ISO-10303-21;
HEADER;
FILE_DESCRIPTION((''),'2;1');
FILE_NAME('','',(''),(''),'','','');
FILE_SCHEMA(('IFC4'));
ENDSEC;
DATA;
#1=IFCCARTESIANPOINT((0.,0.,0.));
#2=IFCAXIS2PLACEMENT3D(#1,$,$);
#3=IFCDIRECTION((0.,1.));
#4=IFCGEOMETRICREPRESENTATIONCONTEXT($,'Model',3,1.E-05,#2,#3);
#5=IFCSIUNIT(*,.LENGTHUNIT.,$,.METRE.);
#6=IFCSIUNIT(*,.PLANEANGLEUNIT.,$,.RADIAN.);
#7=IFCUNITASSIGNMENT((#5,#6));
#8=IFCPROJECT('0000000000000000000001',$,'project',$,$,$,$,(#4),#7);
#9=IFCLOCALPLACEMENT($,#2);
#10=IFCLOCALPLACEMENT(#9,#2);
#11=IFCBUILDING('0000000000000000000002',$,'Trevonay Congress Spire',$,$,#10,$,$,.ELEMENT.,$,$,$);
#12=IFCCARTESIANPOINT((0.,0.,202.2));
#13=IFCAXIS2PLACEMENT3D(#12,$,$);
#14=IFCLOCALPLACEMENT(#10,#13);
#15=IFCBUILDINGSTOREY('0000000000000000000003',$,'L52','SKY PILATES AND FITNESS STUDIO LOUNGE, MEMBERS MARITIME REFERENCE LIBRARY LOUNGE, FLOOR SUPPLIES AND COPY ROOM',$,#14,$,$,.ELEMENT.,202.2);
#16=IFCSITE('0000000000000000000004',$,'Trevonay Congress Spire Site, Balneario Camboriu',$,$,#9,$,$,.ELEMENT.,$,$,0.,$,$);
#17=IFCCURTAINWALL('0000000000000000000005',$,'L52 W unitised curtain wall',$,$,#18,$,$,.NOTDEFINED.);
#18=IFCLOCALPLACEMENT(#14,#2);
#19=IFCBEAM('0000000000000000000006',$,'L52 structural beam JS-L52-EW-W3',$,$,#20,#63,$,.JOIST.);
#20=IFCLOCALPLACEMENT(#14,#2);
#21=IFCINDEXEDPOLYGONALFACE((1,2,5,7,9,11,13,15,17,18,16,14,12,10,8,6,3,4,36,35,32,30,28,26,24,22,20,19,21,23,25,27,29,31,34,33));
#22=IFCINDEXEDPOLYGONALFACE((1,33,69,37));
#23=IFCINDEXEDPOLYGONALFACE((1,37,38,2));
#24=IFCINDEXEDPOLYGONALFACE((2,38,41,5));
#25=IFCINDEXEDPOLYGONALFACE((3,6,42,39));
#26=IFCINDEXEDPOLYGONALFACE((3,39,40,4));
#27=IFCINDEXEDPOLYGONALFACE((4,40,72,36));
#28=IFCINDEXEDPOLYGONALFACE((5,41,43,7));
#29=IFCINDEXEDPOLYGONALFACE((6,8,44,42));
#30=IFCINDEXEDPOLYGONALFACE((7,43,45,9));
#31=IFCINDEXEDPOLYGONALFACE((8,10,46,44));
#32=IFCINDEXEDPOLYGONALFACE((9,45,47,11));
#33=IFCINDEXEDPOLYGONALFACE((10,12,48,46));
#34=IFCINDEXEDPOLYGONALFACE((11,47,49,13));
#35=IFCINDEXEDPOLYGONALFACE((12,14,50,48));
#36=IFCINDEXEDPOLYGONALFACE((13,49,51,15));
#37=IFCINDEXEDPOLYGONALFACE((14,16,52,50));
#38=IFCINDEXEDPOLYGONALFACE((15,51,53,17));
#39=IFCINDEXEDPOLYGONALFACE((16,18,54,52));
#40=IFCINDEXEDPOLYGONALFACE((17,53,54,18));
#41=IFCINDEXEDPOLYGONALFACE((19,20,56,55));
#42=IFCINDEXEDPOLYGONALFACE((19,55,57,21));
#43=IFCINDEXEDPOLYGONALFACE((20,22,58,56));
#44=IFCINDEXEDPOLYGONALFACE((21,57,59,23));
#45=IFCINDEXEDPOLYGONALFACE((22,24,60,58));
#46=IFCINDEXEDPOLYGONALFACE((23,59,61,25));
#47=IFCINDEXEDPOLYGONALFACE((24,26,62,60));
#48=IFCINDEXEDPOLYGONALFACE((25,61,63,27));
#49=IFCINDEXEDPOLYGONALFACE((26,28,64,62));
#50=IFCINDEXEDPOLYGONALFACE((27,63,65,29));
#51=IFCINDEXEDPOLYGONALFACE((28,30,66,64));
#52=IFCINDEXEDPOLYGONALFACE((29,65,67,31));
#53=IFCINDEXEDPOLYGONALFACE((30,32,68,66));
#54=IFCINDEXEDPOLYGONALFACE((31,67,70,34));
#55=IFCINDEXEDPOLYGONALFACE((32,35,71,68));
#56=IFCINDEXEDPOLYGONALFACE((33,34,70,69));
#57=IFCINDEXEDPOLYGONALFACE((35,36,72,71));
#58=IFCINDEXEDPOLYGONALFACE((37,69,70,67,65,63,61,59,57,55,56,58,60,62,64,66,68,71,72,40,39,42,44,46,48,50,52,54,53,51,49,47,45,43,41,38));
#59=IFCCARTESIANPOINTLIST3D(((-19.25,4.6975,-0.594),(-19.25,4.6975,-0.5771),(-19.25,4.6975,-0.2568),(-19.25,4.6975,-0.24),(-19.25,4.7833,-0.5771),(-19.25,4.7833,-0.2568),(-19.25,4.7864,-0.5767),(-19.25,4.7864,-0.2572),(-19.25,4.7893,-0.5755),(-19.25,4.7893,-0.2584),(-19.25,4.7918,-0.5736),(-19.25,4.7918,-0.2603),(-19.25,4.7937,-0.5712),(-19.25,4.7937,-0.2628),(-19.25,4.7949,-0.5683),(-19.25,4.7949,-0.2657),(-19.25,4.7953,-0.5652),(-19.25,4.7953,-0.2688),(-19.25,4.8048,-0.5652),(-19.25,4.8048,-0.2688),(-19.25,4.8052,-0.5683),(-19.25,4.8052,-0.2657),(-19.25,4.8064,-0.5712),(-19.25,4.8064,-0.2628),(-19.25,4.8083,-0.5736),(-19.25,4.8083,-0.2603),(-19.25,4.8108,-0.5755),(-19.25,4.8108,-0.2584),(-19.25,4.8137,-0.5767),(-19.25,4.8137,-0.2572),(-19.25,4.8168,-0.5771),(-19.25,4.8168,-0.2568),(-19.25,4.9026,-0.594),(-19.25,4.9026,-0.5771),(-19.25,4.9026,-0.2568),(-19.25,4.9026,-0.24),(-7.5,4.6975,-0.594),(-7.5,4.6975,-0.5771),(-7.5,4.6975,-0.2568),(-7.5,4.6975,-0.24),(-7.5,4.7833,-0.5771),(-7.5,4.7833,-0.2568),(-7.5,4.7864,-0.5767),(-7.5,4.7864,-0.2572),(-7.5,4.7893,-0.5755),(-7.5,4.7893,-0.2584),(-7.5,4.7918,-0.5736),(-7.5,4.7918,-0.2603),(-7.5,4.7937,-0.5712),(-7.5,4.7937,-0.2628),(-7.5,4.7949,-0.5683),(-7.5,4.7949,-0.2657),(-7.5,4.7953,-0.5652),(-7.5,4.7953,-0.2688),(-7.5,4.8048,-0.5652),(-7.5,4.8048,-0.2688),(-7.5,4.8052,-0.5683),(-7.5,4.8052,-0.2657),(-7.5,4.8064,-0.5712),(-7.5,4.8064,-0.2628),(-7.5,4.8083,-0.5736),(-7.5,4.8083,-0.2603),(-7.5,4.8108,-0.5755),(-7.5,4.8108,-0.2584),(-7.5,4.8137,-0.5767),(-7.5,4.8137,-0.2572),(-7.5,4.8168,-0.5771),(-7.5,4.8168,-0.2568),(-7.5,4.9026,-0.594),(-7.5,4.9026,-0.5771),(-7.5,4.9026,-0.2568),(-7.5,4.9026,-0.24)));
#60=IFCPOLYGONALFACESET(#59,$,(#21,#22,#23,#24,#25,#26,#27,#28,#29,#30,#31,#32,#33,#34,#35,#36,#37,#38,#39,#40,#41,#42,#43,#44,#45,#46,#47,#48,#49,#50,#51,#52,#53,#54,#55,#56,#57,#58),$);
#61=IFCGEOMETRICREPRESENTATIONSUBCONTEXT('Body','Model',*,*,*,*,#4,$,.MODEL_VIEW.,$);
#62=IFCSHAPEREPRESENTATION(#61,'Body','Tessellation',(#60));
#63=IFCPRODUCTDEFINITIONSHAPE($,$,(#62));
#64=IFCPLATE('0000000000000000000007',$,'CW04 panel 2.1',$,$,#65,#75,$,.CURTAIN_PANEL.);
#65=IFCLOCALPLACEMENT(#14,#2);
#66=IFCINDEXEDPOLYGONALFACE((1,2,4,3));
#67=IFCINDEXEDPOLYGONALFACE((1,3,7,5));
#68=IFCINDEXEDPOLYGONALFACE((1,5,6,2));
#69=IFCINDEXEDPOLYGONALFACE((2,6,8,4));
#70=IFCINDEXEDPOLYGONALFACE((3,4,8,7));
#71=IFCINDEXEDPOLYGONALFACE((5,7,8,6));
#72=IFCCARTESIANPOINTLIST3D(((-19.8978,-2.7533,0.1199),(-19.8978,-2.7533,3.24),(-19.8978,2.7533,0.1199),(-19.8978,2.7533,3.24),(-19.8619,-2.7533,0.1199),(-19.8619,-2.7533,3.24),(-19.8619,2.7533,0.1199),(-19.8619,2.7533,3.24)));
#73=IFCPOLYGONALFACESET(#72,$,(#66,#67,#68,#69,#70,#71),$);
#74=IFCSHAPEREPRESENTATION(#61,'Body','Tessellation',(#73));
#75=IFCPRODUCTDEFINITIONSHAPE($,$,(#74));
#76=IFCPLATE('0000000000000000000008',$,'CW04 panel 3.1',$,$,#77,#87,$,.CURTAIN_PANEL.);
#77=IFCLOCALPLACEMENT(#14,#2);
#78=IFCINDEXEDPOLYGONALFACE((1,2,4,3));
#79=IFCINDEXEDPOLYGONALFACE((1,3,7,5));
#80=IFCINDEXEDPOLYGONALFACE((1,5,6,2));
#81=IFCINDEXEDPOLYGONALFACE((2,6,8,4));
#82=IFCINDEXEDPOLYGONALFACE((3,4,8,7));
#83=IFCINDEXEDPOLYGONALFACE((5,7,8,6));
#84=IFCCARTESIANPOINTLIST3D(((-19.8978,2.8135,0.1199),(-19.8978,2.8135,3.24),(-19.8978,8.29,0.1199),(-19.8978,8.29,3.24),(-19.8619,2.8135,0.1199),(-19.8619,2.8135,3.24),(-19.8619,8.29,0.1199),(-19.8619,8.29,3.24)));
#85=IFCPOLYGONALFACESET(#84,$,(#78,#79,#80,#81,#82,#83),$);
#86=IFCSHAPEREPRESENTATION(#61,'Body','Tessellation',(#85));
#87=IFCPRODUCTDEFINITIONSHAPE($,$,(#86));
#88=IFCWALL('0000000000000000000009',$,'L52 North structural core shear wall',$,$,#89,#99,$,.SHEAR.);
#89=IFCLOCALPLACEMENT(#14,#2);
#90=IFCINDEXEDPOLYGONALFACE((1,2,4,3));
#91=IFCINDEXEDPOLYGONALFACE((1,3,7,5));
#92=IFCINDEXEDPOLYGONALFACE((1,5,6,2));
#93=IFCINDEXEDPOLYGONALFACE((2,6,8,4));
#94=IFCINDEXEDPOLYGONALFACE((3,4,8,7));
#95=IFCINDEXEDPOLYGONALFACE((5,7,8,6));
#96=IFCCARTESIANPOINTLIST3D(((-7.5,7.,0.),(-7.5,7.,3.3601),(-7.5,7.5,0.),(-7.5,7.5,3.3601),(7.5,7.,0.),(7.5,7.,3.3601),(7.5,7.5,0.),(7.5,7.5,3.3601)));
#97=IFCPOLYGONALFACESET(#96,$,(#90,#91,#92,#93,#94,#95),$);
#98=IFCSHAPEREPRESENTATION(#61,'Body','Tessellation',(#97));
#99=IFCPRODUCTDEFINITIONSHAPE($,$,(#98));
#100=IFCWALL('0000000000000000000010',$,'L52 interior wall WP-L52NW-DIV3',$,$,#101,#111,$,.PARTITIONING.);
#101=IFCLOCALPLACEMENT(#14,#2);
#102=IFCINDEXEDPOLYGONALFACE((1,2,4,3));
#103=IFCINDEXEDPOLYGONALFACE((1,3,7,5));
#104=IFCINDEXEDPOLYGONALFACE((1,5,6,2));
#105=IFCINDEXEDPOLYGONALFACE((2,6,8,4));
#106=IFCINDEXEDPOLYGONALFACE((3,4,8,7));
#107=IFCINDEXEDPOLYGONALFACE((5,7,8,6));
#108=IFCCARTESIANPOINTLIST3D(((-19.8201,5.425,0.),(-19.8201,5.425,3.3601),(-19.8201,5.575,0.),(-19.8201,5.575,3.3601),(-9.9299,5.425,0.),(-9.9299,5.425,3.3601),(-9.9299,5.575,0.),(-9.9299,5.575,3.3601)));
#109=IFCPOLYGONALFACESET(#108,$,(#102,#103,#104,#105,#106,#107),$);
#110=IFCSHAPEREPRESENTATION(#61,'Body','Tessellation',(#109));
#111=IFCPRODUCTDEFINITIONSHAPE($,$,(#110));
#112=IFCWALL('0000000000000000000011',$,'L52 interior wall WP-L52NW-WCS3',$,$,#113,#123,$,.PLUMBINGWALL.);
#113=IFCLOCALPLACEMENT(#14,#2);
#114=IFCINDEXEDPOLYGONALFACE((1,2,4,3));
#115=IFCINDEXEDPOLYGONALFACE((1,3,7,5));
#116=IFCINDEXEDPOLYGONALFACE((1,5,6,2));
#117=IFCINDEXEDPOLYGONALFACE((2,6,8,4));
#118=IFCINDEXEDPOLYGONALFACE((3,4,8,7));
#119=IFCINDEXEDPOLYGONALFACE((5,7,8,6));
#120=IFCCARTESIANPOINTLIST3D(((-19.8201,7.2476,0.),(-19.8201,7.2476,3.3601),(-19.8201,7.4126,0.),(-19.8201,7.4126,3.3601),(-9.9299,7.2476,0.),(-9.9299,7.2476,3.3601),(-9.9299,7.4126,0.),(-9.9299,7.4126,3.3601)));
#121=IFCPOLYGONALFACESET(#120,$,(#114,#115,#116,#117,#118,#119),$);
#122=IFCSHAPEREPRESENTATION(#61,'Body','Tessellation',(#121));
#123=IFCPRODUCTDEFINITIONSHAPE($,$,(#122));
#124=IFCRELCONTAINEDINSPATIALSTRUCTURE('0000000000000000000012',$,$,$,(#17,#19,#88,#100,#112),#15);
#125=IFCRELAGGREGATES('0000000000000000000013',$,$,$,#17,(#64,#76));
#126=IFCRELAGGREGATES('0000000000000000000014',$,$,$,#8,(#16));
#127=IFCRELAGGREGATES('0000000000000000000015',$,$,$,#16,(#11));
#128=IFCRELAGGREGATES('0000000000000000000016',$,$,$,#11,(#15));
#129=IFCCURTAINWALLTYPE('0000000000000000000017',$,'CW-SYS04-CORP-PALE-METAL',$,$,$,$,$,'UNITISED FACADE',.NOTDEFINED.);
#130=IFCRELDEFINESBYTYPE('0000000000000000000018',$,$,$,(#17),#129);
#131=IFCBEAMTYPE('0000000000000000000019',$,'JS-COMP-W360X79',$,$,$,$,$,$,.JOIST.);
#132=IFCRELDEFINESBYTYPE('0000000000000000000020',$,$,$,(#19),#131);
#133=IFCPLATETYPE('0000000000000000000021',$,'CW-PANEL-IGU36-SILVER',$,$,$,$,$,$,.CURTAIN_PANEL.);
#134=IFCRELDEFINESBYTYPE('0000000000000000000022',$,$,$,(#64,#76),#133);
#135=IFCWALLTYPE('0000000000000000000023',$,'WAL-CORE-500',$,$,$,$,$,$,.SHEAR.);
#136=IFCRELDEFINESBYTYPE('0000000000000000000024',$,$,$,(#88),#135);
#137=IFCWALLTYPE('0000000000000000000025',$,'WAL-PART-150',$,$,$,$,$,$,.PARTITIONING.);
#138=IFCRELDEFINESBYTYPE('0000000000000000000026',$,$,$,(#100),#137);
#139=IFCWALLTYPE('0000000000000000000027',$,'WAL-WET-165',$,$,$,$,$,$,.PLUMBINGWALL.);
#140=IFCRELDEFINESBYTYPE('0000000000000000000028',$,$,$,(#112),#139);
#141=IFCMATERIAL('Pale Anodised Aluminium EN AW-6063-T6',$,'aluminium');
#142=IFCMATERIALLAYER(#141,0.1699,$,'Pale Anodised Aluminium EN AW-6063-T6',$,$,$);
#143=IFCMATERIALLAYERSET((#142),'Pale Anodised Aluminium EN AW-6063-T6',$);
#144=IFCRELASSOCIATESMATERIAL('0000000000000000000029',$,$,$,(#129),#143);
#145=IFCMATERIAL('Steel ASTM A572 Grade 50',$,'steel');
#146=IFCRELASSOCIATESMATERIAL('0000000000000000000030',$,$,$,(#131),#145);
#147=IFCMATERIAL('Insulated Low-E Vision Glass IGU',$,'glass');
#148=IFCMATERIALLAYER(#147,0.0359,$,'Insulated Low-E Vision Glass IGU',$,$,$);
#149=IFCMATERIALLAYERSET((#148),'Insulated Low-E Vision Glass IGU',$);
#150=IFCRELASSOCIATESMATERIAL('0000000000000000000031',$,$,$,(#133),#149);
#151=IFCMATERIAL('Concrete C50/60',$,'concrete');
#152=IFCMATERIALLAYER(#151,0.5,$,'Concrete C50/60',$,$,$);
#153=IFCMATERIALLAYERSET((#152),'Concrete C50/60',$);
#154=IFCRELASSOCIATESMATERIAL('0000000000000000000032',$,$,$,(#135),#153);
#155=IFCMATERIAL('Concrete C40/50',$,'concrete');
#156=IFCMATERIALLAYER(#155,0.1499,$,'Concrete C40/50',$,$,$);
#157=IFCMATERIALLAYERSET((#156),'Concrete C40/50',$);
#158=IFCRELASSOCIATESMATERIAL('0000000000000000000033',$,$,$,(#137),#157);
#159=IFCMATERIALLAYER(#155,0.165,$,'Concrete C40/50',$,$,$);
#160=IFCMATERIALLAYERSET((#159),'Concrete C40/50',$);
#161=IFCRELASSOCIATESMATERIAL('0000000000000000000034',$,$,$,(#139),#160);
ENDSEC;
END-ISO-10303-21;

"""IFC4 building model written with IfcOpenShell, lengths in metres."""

from ifc_helpers import new_model, si_unit, direction, frame, frame_2d, origin, origin_2d, place, context, subcontext, project, spatial, rectangle, i_section, extrude, material, layer, layer_set, material_profile, profile_set, type_object, element, aggregate, save


model = new_model("IFC4")

# Units and contexts
model_context = context("Model", 3, precision=1e-05, world=origin(), true_north=direction((0.0, 1.0)))
body_context = subcontext(model_context, "Body", "Model", "MODEL_VIEW")
ifc_project = project(units=[si_unit("LENGTHUNIT", "METRE"), si_unit("PLANEANGLEUNIT", "RADIAN")], contexts=[model_context])

# Site, building, storey
site_placement = place(None, origin())
site = spatial("IfcSite", under=ifc_project, at=site_placement, Name="Trevonay Congress Spire Site, Balneario Camboriu", CompositionType="ELEMENT", RefElevation=0.0)
building_placement = place(site_placement, origin())
building = spatial("IfcBuilding", under=site, at=building_placement, Name="Trevonay Congress Spire", CompositionType="ELEMENT")
storey_placement = place(building_placement, frame((0.0, 0.0, 202.2)))
storey = spatial("IfcBuildingStorey", under=building, at=storey_placement, Name="L52", Description="SKY PILATES AND FITNESS STUDIO LOUNGE, MEMBERS MARITIME REFERENCE LIBRARY LOUNGE, FLOOR SUPPLIES AND COPY ROOM", CompositionType="ELEMENT", Elevation=202.2)

# Shared definitions
ifc_material_1 = material(Name="Steel ASTM A572 Grade 50", Category="steel")

# Curtain wall
ifc_material_2 = material(Name="Pale Anodised Aluminium EN AW-6063-T6", Category="aluminium")
ifc_layer_1 = layer(ifc_material_2, 0.1699, Name="Pale Anodised Aluminium EN AW-6063-T6")
ifc_layer_set_1 = layer_set([ifc_layer_1], Name="Pale Anodised Aluminium EN AW-6063-T6")
curtain_wall_type = type_object("IfcCurtainWallType", Name="CW-SYS04-CORP-PALE-METAL", ElementType="UNITISED FACADE", PredefinedType="NOTDEFINED", material=ifc_layer_set_1)
curtain_wall_placement = place(storey_placement, origin())
curtain_wall = element("IfcCurtainWall", 1, at=curtain_wall_placement, inside=storey, type_object=curtain_wall_type, Name="L52 W unitised curtain wall", PredefinedType="NOTDEFINED")

# Beam
ifc_material_profile_1 = material_profile(ifc_material_1, i_section(OverallWidth=0.2051, OverallDepth=0.354, WebThickness=0.0095, FlangeThickness=0.0168, FilletRadius=0.012, at=origin_2d()), Name="W360x79")
ifc_profile_set_1 = profile_set([ifc_material_profile_1], Name="Steel ASTM A572 Grade 50")
beam_type_1 = type_object("IfcBeamType", Name="JS-COMP-W360X79", PredefinedType="JOIST", material=ifc_profile_set_1)
for number, where, z_axis, x_axis, name in (
    (2, (-19.25, 4.8, -0.417), (1.0, 0.0, 0.0), (0.0, 1.0, 0.0), "L52 structural beam JS-L52-EW-W3"),
):
    element("IfcBeam", number, at=place(storey_placement, frame(where, z_axis=z_axis, x_axis=x_axis)), inside=storey, type_object=beam_type_1, Name=name, PredefinedType="JOIST", context=body_context, shape_type="SweptSolid", body=[
        extrude(i_section(OverallWidth=0.2051, OverallDepth=0.354, WebThickness=0.0095, FlangeThickness=0.0168, FilletRadius=0.012, at=origin_2d()), origin(), (0.0, 0.0, 1.0), 11.75),
    ])

# Plates
ifc_material_3 = material(Name="Insulated Low-E Vision Glass IGU", Category="glass")
ifc_layer_2 = layer(ifc_material_3, 0.0359, Name="Insulated Low-E Vision Glass IGU")
ifc_layer_set_2 = layer_set([ifc_layer_2], Name="Insulated Low-E Vision Glass IGU")
plate_type = type_object("IfcPlateType", Name="CW-PANEL-IGU36-SILVER", PredefinedType="CURTAIN_PANEL", material=ifc_layer_set_2)
plate_1_placement = place(storey_placement, frame((-19.8799, 0.0, 0.1199), z_axis=(0.0, 0.0, 1.0), x_axis=(0.0, 1.0, 0.0)))
plate_1 = element("IfcPlate", 3, at=plate_1_placement, type_object=plate_type, Name="CW04 panel 2.1", PredefinedType="CURTAIN_PANEL", context=body_context, shape_type="SweptSolid", body=[
    extrude(rectangle(XDim=5.5066, YDim=0.0359, at=origin_2d()), origin(), (0.0, 0.0, 1.0), 3.1201),
])
plate_2_placement = place(storey_placement, frame((-19.8799, 5.5518, 0.1199), z_axis=(0.0, 0.0, 1.0), x_axis=(0.0, 1.0, 0.0)))
plate_2 = element("IfcPlate", 4, at=plate_2_placement, type_object=plate_type, Name="CW04 panel 3.1", PredefinedType="CURTAIN_PANEL", context=body_context, shape_type="SweptSolid", body=[
    extrude(rectangle(XDim=5.4766, YDim=0.0359, at=origin_2d()), origin(), (0.0, 0.0, 1.0), 3.1201),
])
aggregate(curtain_wall, [plate_1, plate_2])

# Walls
ifc_material_4 = material(Name="Concrete C50/60", Category="concrete")
ifc_layer_3 = layer(ifc_material_4, 0.5, Name="Concrete C50/60")
ifc_layer_set_3 = layer_set([ifc_layer_3], Name="Concrete C50/60")
wall_type_1 = type_object("IfcWallType", Name="WAL-CORE-500", PredefinedType="SHEAR", material=ifc_layer_set_3)
wall_1_placement = place(storey_placement, frame((-7.5, 7.25, 0.0), z_axis=(0.0, 0.0, 1.0), x_axis=(1.0, 0.0, 0.0)))
element("IfcWall", 5, at=wall_1_placement, inside=storey, type_object=wall_type_1, Name="L52 North structural core shear wall", PredefinedType="SHEAR", context=body_context, shape_type="SweptSolid", body=[
    extrude(rectangle(XDim=15.0, YDim=0.5, at=frame_2d((7.5, 0.0))), origin(), (0.0, 0.0, 1.0), 3.3601),
])
ifc_material_5 = material(Name="Concrete C40/50", Category="concrete")
ifc_layer_4 = layer(ifc_material_5, 0.1499, Name="Concrete C40/50")
ifc_layer_set_4 = layer_set([ifc_layer_4], Name="Concrete C40/50")
wall_type_2 = type_object("IfcWallType", Name="WAL-PART-150", PredefinedType="PARTITIONING", material=ifc_layer_set_4)
wall_2_placement = place(storey_placement, frame((-19.8201, 5.5, 0.0), z_axis=(0.0, 0.0, 1.0), x_axis=(1.0, 0.0, 0.0)))
element("IfcWall", 6, at=wall_2_placement, inside=storey, type_object=wall_type_2, Name="L52 interior wall WP-L52NW-DIV3", PredefinedType="PARTITIONING", context=body_context, shape_type="SweptSolid", body=[
    extrude(rectangle(XDim=9.8901, YDim=0.1499, at=frame_2d((4.9451, 0.0))), origin(), (0.0, 0.0, 1.0), 3.3601),
])
ifc_layer_5 = layer(ifc_material_5, 0.165, Name="Concrete C40/50")
ifc_layer_set_5 = layer_set([ifc_layer_5], Name="Concrete C40/50")
wall_type_3 = type_object("IfcWallType", Name="WAL-WET-165", PredefinedType="PLUMBINGWALL", material=ifc_layer_set_5)
wall_3_placement = place(storey_placement, frame((-19.8201, 7.3301, 0.0), z_axis=(0.0, 0.0, 1.0), x_axis=(1.0, 0.0, 0.0)))
element("IfcWall", 7, at=wall_3_placement, inside=storey, type_object=wall_type_3, Name="L52 interior wall WP-L52NW-WCS3", PredefinedType="PLUMBINGWALL", context=body_context, shape_type="SweptSolid", body=[
    extrude(rectangle(XDim=9.8901, YDim=0.165, at=frame_2d((4.9451, 0.0))), origin(), (0.0, 0.0, 1.0), 3.3601),
])

save(model, "model.ifc")
